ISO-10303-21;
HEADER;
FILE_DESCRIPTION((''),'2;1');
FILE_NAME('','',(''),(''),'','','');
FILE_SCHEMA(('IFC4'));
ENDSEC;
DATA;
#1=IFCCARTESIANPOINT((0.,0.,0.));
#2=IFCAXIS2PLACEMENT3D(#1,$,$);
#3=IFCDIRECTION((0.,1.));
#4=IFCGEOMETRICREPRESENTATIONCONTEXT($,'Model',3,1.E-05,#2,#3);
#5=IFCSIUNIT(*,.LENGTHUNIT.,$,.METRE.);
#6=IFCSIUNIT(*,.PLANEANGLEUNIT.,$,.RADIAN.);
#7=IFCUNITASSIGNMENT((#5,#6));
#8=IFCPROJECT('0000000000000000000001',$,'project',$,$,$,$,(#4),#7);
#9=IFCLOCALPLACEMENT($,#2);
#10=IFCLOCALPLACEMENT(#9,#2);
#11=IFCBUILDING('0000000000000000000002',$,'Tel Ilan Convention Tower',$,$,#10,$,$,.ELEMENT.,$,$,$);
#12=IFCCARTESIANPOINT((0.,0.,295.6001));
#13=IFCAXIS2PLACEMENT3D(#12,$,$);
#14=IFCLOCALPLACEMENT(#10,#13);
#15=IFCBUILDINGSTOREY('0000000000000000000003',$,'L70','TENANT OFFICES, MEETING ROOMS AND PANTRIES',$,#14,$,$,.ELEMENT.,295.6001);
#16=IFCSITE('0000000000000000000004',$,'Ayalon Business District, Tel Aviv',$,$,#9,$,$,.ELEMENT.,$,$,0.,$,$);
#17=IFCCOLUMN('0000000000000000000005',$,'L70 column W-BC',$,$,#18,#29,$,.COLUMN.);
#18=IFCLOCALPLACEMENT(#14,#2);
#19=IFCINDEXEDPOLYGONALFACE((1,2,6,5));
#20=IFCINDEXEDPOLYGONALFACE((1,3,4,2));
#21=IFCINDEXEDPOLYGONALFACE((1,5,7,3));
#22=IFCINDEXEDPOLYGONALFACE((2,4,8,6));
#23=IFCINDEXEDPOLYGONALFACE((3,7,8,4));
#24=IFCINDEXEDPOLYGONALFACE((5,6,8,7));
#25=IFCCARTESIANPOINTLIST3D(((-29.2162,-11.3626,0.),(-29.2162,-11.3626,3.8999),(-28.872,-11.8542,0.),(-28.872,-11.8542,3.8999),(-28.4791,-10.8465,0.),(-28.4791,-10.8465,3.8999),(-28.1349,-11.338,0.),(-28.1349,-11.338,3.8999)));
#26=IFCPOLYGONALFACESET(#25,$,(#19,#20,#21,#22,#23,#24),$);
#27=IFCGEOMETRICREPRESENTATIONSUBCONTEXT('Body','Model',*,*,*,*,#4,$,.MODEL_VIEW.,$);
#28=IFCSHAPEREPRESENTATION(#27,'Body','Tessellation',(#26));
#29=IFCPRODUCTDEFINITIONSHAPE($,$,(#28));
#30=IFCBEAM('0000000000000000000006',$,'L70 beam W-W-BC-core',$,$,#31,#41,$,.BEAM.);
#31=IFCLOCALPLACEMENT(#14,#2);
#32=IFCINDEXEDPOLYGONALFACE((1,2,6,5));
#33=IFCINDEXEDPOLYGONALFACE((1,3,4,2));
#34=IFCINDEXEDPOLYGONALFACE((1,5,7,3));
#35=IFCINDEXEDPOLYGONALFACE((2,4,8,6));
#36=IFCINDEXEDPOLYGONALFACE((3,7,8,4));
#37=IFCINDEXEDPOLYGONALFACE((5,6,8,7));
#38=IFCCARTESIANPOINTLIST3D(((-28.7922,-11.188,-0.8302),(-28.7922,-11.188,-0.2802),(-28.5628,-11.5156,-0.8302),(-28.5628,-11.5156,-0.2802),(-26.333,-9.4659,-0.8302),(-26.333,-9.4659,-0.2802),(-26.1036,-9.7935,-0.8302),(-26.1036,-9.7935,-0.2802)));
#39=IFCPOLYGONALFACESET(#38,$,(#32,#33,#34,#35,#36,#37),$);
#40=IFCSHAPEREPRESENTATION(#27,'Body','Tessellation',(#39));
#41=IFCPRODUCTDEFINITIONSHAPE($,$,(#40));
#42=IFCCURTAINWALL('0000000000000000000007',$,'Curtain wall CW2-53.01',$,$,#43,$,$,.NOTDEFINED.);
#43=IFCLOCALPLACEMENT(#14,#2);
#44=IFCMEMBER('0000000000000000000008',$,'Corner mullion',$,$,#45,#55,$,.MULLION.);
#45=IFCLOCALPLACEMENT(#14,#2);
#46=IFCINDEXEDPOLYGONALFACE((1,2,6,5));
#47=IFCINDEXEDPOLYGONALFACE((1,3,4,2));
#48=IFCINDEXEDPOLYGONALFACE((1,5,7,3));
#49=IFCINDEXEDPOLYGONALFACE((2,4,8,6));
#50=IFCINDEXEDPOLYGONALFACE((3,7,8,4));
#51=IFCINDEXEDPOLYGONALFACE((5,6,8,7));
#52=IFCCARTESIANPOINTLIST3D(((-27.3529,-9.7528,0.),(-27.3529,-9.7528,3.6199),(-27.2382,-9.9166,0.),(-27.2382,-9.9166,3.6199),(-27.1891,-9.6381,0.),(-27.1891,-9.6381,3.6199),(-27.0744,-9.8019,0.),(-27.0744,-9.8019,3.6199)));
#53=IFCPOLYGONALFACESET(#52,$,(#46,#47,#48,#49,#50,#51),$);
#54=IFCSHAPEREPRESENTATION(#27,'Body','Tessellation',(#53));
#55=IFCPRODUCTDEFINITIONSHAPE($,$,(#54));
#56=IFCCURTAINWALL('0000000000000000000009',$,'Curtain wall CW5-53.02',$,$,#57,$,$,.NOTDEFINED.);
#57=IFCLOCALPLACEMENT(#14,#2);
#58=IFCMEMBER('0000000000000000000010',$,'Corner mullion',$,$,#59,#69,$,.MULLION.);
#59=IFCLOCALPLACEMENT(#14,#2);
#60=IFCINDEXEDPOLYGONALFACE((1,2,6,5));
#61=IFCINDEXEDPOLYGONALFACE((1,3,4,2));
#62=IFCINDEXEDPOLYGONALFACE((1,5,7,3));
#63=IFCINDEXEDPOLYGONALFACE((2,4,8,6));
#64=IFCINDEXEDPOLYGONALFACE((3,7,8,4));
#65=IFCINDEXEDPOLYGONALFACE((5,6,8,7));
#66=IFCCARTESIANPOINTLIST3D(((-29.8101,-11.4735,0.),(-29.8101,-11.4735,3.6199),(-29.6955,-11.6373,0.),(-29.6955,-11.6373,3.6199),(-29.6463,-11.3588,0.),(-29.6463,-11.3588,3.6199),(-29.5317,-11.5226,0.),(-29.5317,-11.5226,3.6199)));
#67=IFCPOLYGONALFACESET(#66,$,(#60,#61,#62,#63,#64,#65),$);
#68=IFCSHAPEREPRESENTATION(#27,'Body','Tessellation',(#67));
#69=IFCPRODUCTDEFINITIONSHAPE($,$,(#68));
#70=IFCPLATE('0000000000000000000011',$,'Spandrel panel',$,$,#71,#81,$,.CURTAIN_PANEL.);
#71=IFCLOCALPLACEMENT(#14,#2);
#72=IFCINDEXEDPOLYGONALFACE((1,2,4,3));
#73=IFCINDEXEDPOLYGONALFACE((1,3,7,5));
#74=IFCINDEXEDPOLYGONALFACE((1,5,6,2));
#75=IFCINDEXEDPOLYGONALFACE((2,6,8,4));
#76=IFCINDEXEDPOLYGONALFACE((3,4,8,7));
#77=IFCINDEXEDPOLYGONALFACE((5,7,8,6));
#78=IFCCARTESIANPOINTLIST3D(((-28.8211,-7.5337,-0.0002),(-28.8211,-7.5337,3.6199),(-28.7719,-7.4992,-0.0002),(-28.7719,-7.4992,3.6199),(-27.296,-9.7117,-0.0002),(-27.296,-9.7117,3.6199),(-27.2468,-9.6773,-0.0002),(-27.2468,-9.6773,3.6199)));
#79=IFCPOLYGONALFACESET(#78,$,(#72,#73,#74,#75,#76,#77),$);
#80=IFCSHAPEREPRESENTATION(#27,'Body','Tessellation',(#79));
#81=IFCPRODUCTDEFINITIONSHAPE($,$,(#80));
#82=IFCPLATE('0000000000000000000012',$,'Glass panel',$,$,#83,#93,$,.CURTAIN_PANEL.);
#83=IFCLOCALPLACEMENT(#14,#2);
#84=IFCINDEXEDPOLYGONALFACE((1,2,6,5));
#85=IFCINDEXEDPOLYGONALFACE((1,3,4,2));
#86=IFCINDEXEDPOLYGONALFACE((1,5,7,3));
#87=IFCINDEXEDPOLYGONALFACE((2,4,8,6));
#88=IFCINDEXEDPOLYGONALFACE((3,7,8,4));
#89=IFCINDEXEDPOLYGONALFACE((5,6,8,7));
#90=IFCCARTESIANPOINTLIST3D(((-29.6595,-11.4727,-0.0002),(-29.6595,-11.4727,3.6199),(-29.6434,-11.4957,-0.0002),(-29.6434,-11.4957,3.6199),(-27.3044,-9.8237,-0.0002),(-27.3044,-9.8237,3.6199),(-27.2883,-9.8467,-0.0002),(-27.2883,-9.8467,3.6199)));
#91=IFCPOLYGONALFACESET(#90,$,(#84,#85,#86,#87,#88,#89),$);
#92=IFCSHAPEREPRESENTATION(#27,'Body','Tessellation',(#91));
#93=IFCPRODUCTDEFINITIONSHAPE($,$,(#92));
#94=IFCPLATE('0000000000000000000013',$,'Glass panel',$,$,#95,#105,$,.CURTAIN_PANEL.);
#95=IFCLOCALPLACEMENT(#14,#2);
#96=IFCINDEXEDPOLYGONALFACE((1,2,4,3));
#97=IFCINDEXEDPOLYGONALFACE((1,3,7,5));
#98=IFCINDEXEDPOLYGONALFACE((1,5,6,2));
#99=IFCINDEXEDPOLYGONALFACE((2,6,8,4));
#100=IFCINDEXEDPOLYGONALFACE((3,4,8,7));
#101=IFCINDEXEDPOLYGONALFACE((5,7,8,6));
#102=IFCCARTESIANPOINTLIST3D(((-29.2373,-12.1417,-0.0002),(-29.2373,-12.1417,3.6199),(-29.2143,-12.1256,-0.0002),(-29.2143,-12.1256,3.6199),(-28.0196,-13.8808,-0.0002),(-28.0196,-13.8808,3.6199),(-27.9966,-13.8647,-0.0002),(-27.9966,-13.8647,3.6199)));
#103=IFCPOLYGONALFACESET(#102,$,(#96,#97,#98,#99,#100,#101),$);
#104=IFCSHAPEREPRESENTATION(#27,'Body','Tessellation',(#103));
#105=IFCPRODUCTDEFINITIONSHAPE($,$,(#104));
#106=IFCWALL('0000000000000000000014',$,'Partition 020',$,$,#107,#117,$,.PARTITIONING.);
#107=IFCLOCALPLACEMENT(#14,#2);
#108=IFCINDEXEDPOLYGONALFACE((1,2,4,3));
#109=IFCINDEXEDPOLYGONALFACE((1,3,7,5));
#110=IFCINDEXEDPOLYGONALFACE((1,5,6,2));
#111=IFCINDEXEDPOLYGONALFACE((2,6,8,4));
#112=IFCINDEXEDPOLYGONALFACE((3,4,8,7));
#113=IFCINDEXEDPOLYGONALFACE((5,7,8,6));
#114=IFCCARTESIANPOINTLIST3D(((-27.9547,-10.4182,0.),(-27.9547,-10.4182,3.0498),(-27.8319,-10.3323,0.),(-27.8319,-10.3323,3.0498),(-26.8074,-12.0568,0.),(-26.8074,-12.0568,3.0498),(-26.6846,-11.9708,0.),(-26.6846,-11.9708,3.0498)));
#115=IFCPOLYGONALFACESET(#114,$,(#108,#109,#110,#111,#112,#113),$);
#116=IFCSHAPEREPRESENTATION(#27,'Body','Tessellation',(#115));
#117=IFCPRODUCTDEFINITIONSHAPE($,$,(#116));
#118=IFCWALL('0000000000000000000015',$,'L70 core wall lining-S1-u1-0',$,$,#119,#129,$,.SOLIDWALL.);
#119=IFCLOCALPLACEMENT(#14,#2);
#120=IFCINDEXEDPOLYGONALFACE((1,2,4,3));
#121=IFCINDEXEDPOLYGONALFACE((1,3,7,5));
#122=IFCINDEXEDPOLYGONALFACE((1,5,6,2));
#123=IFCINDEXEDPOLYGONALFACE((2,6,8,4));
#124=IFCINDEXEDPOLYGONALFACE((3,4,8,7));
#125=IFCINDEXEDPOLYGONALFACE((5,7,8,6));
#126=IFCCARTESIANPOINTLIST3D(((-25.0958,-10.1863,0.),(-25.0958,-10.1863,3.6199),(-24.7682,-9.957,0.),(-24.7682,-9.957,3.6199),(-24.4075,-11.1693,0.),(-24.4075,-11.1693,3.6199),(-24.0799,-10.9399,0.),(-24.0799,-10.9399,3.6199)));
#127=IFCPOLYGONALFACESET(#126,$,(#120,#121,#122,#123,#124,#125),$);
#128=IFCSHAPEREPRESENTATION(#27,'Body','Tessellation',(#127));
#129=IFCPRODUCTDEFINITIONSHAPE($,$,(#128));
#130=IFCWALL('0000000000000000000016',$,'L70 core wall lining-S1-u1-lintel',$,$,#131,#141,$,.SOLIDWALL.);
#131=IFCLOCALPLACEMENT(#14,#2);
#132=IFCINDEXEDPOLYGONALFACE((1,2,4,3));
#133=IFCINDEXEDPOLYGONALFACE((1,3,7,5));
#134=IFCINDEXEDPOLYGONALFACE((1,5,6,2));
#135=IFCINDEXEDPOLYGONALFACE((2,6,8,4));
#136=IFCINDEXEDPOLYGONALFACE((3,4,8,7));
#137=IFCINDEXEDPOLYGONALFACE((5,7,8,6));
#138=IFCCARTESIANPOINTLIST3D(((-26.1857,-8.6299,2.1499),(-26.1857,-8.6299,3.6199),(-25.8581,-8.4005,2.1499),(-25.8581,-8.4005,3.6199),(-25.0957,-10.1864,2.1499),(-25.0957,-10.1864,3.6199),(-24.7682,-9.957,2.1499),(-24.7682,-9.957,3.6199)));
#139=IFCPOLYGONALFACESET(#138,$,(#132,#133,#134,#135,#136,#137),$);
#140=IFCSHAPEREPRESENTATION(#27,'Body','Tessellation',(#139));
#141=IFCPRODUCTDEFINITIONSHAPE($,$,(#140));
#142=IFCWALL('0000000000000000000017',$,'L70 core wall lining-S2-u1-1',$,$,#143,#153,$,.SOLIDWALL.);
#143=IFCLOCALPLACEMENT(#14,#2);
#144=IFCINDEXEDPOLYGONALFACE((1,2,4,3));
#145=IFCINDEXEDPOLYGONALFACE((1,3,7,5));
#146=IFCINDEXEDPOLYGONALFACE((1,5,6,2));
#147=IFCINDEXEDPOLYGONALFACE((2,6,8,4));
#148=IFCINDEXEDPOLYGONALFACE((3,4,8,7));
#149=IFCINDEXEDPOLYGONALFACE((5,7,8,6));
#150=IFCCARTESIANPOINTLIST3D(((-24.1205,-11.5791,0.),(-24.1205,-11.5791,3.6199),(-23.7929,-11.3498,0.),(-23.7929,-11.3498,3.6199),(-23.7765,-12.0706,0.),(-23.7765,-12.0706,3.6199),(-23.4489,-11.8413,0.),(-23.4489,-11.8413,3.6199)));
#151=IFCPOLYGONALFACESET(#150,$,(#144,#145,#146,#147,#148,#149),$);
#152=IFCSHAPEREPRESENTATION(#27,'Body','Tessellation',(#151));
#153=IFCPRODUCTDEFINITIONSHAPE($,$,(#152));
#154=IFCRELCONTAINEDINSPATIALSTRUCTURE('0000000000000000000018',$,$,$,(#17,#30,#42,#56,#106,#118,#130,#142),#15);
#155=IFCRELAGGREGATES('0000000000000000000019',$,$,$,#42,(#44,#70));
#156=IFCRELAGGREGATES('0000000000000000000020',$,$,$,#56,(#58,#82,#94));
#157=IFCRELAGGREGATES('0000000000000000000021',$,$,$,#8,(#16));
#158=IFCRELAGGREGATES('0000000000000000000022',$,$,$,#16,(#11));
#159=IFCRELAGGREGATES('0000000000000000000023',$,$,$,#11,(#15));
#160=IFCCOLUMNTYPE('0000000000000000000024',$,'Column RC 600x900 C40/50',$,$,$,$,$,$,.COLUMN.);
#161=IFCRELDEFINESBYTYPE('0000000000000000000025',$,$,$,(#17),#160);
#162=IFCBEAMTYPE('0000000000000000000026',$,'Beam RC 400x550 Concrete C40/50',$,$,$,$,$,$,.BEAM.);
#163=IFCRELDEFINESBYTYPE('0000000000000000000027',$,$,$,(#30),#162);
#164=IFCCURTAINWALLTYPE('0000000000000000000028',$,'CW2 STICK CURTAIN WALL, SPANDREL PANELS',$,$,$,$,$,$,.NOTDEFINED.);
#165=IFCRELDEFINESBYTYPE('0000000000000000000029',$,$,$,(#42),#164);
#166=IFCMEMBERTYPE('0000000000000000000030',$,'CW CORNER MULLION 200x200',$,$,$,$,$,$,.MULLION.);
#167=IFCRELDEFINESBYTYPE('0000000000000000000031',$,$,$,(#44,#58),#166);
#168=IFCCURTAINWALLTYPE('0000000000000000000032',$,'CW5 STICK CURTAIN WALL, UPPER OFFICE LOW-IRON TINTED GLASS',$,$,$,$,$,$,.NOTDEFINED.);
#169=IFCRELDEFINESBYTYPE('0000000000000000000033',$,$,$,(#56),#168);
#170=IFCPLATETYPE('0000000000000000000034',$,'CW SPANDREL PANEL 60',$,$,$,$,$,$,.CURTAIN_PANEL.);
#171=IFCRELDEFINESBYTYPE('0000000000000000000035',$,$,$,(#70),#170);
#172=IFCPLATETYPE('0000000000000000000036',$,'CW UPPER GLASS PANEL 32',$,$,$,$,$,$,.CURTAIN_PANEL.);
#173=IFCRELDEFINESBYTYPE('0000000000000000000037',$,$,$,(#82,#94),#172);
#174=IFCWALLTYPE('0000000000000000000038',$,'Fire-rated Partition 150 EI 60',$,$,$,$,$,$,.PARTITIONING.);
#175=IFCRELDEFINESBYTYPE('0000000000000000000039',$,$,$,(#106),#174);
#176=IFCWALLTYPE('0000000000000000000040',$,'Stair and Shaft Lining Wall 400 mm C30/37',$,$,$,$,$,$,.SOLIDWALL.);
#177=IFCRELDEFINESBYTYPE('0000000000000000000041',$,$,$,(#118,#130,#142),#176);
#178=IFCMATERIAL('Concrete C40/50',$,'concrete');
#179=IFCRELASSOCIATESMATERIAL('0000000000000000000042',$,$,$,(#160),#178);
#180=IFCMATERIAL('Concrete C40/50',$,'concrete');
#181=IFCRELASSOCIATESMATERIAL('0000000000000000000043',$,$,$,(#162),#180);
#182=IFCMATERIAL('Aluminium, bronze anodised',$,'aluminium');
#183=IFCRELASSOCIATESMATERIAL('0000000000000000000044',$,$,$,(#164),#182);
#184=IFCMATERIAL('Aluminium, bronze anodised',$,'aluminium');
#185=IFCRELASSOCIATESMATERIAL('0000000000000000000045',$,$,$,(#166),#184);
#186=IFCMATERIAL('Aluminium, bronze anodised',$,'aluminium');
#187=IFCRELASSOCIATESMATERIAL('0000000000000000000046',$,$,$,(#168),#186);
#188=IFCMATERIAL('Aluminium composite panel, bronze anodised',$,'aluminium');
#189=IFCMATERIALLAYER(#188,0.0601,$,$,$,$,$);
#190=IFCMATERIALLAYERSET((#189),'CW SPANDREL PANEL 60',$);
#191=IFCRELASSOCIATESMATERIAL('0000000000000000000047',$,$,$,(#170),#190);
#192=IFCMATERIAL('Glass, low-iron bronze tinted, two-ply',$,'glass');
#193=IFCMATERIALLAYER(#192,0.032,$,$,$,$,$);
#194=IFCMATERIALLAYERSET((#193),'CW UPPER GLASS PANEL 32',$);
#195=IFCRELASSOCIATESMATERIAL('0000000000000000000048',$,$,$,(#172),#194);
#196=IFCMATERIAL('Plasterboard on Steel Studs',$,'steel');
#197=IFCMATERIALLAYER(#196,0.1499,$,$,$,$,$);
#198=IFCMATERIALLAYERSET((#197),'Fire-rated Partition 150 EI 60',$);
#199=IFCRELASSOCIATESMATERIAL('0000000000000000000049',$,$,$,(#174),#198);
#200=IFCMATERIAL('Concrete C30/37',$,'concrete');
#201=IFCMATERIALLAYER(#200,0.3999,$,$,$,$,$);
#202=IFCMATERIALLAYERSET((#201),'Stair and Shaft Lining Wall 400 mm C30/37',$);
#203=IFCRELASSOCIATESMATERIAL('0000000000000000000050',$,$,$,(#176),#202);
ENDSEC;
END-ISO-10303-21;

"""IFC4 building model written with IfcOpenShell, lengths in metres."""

from ifc_helpers import new_model, si_unit, direction, frame, frame_2d, origin, origin_2d, place, context, subcontext, project, spatial, rectangle, extrude, material, layer, layer_set, material_profile, profile_set, type_object, element, aggregate, save


model = new_model("IFC4")

# Units and contexts
model_context = context("Model", 3, precision=1e-05, world=origin(), true_north=direction((0.0, 1.0)))
body_context = subcontext(model_context, "Body", "Model", "MODEL_VIEW")
ifc_project = project(units=[si_unit("LENGTHUNIT", "METRE"), si_unit("PLANEANGLEUNIT", "RADIAN")], contexts=[model_context])

# Site, building, storey
site_placement = place(None, origin())
site = spatial("IfcSite", under=ifc_project, at=site_placement, Name="Ayalon Business District, Tel Aviv", CompositionType="ELEMENT", RefElevation=0.0)
building_placement = place(site_placement, origin())
building = spatial("IfcBuilding", under=site, at=building_placement, Name="Tel Ilan Convention Tower", CompositionType="ELEMENT")
storey_placement = place(building_placement, frame((0.0, 0.0, 295.6001)))
storey = spatial("IfcBuildingStorey", under=building, at=storey_placement, Name="L70", Description="TENANT OFFICES, MEETING ROOMS AND PANTRIES", CompositionType="ELEMENT", Elevation=295.6001)

# Column
ifc_material_1 = material(Name="Concrete C40/50", Category="concrete")
ifc_material_profile_1 = material_profile(ifc_material_1, rectangle(XDim=0.8999, YDim=0.6001, at=origin_2d()), Name="RC 600x900")
ifc_profile_set_1 = profile_set([ifc_material_profile_1], Name="Concrete C40/50")
column_type = type_object("IfcColumnType", Name="Column RC 600x900 C40/50", PredefinedType="COLUMN", material=ifc_profile_set_1)
column_placement = place(storey_placement, frame((-28.6755, -11.3503, 0.0), z_axis=(0.0, 0.0, 1.0), x_axis=(-0.819152, -0.573576, 0.0)))
element("IfcColumn", 1, at=column_placement, inside=storey, type_object=column_type, Name="L70 column W-BC", PredefinedType="COLUMN", context=body_context, shape_type="SweptSolid", body=[
    extrude(rectangle(XDim=0.8999, YDim=0.6001, at=origin_2d()), origin(), (0.0, 0.0, 1.0), 3.8999),
])

# Beam
ifc_material_2 = material(Name="Concrete C40/50", Category="concrete")
ifc_material_profile_2 = material_profile(ifc_material_2, rectangle(XDim=0.3999, YDim=0.55, at=origin_2d()), Name="RC 400x550")
ifc_profile_set_2 = profile_set([ifc_material_profile_2], Name="Concrete C40/50")
beam_type = type_object("IfcBeamType", Name="Beam RC 400x550 Concrete C40/50", PredefinedType="BEAM", material=ifc_profile_set_2)
beam_placement = place(storey_placement, frame((-28.6775, -11.3518, -0.5552), z_axis=(0.819121, 0.573621, 0.0), x_axis=(-0.573621, 0.819121, 0.0)))
element("IfcBeam", 2, at=beam_placement, inside=storey, type_object=beam_type, Name="L70 beam W-W-BC-core", PredefinedType="BEAM", context=body_context, shape_type="SweptSolid", body=[
    extrude(rectangle(XDim=0.3999, YDim=0.55, at=origin_2d()), origin(), (0.0, 0.0, 1.0), 3.0022),
])

# Curtain walls, members
ifc_material_3 = material(Name="Aluminium, bronze anodised", Category="aluminium")
curtain_wall_type_1 = type_object("IfcCurtainWallType", Name="CW2 STICK CURTAIN WALL, SPANDREL PANELS", PredefinedType="NOTDEFINED", material=ifc_material_3)
curtain_wall_1_placement = place(storey_placement, origin())
curtain_wall_1 = element("IfcCurtainWall", 3, at=curtain_wall_1_placement, inside=storey, type_object=curtain_wall_type_1, Name="Curtain wall CW2-53.01", PredefinedType="NOTDEFINED")
ifc_material_4 = material(Name="Aluminium, bronze anodised", Category="aluminium")
ifc_material_profile_3 = material_profile(ifc_material_4, rectangle(XDim=0.2, YDim=0.2, at=origin_2d()), Name="CW CORNER MULLION 200x200")
ifc_profile_set_3 = profile_set([ifc_material_profile_3], Name="Aluminium, bronze anodised")
member_type = type_object("IfcMemberType", Name="CW CORNER MULLION 200x200", PredefinedType="MULLION", material=ifc_profile_set_3)
member_1_placement = place(storey_placement, frame((-27.2136, -9.7773, 0.0), z_axis=(0.0, 0.0, 1.0), x_axis=(0.573576, -0.819152, 0.0)))
member_1 = element("IfcMember", 4, at=member_1_placement, type_object=member_type, Name="Corner mullion", PredefinedType="MULLION", context=body_context, shape_type="SweptSolid", body=[
    extrude(rectangle(XDim=0.2, YDim=0.2, at=origin_2d()), origin(), (0.0, 0.0, 1.0), 3.6199),
])
ifc_material_5 = material(Name="Aluminium, bronze anodised", Category="aluminium")
curtain_wall_type_2 = type_object("IfcCurtainWallType", Name="CW5 STICK CURTAIN WALL, UPPER OFFICE LOW-IRON TINTED GLASS", PredefinedType="NOTDEFINED", material=ifc_material_5)
curtain_wall_2_placement = place(storey_placement, origin())
curtain_wall_2 = element("IfcCurtainWall", 5, at=curtain_wall_2_placement, inside=storey, type_object=curtain_wall_type_2, Name="Curtain wall CW5-53.02", PredefinedType="NOTDEFINED")
member_2_placement = place(storey_placement, frame((-29.6709, -11.498, 0.0), z_axis=(0.0, 0.0, 1.0), x_axis=(-0.819152, -0.573576, 0.0)))
member_2 = element("IfcMember", 6, at=member_2_placement, type_object=member_type, Name="Corner mullion", PredefinedType="MULLION", context=body_context, shape_type="SweptSolid", body=[
    extrude(rectangle(XDim=0.2, YDim=0.2, at=origin_2d()), origin(), (0.0, 0.0, 1.0), 3.6199),
])

# Plates
ifc_material_6 = material(Name="Aluminium composite panel, bronze anodised", Category="aluminium")
ifc_layer_1 = layer(ifc_material_6, 0.0601)
ifc_layer_set_1 = layer_set([ifc_layer_1], Name="CW SPANDREL PANEL 60")
plate_type_1 = type_object("IfcPlateType", Name="CW SPANDREL PANEL 60", PredefinedType="CURTAIN_PANEL", material=ifc_layer_set_1)
plate_1_placement = place(storey_placement, frame((-28.0339, -8.6055, -0.0002), z_axis=(0.0, 0.0, 1.0), x_axis=(0.573576, -0.819152, 0.0)))
plate_1 = element("IfcPlate", 7, at=plate_1_placement, type_object=plate_type_1, Name="Spandrel panel", PredefinedType="CURTAIN_PANEL", context=body_context, shape_type="SweptSolid", body=[
    extrude(rectangle(XDim=2.6589, YDim=0.0601, at=origin_2d()), origin(), (0.0, 0.0, 1.0), 3.6201),
])
aggregate(curtain_wall_1, [member_1, plate_1])
ifc_material_7 = material(Name="Glass, low-iron bronze tinted, two-ply", Category="glass")
ifc_layer_2 = layer(ifc_material_7, 0.032)
ifc_layer_set_2 = layer_set([ifc_layer_2], Name="CW UPPER GLASS PANEL 32")
plate_type_2 = type_object("IfcPlateType", Name="CW UPPER GLASS PANEL 32", PredefinedType="CURTAIN_PANEL", material=ifc_layer_set_2)
plate_2_placement = place(storey_placement, frame((-28.4739, -10.6597, -0.0002), z_axis=(0.0, 0.0, 1.0), x_axis=(-0.819152, -0.573576, 0.0)))
plate_2 = element("IfcPlate", 8, at=plate_2_placement, type_object=plate_type_2, Name="Glass panel", PredefinedType="CURTAIN_PANEL", context=body_context, shape_type="SweptSolid", body=[
    extrude(rectangle(XDim=2.875, YDim=0.0281, at=origin_2d()), origin(), (0.0, 0.0, 1.0), 3.6201),
])
plate_3_placement = place(storey_placement, frame((-28.6169, -13.0032, -0.0002), z_axis=(0.0, 0.0, 1.0), x_axis=(0.573576, -0.819152, 0.0)))
plate_3 = element("IfcPlate", 9, at=plate_3_placement, type_object=plate_type_2, Name="Glass panel", PredefinedType="CURTAIN_PANEL", context=body_context, shape_type="SweptSolid", body=[
    extrude(rectangle(XDim=2.123, YDim=0.0281, at=origin_2d()), origin(), (0.0, 0.0, 1.0), 3.6201),
])
aggregate(curtain_wall_2, [member_2, plate_2, plate_3])

# Walls
ifc_material_8 = material(Name="Plasterboard on Steel Studs", Category="steel")
ifc_layer_3 = layer(ifc_material_8, 0.1499)
ifc_layer_set_3 = layer_set([ifc_layer_3], Name="Fire-rated Partition 150 EI 60")
wall_type_1 = type_object("IfcWallType", Name="Fire-rated Partition 150 EI 60", PredefinedType="PARTITIONING", material=ifc_layer_set_3)
wall_1_placement = place(storey_placement, frame((-26.7461, -12.0137, 0.0), z_axis=(0.0, 0.0, 1.0), x_axis=(-0.573569, 0.819157, 0.0)))
element("IfcWall", 10, at=wall_1_placement, inside=storey, type_object=wall_type_1, Name="Partition 020", PredefinedType="PARTITIONING", context=body_context, shape_type="SweptSolid", body=[
    extrude(rectangle(XDim=2.0002, YDim=0.1499, at=frame_2d((1.0, 0.0))), origin(), (0.0, 0.0, 1.0), 3.0498),
])
ifc_material_9 = material(Name="Concrete C30/37", Category="concrete")
ifc_layer_4 = layer(ifc_material_9, 0.3999)
ifc_layer_set_4 = layer_set([ifc_layer_4], Name="Stair and Shaft Lining Wall 400 mm C30/37")
wall_type_2 = type_object("IfcWallType", Name="Stair and Shaft Lining Wall 400 mm C30/37", PredefinedType="SOLIDWALL", material=ifc_layer_set_4)
wall_2_placement = place(storey_placement, frame((-24.2437, -11.0547, 0.0), z_axis=(0.0, 0.0, 1.0), x_axis=(-0.573572, 0.819155, 0.0)))
element("IfcWall", 11, at=wall_2_placement, inside=storey, type_object=wall_type_2, Name="L70 core wall lining-S1-u1-0", PredefinedType="SOLIDWALL", context=body_context, shape_type="SweptSolid", body=[
    extrude(rectangle(XDim=1.2, YDim=0.3999, at=frame_2d((0.6001, 0.0))), origin(), (0.0, 0.0, 1.0), 3.6199),
])
wall_3_placement = place(storey_placement, frame((-24.9319, -10.0718, 2.1499), z_axis=(0.0, 0.0, 1.0), x_axis=(-0.573592, 0.819141, 0.0)))
element("IfcWall", 12, at=wall_3_placement, inside=storey, type_object=wall_type_2, Name="L70 core wall lining-S1-u1-lintel", PredefinedType="SOLIDWALL", context=body_context, shape_type="SweptSolid", body=[
    extrude(rectangle(XDim=1.9001, YDim=0.3999, at=frame_2d((0.9502, 0.0))), origin(), (0.0, 0.0, 1.0), 1.47),
])
wall_4_placement = place(storey_placement, frame((-23.6128, -11.9558, 0.0), z_axis=(0.0, 0.0, 1.0), x_axis=(-0.573435, 0.819251, 0.0)))
element("IfcWall", 13, at=wall_4_placement, inside=storey, type_object=wall_type_2, Name="L70 core wall lining-S2-u1-1", PredefinedType="SOLIDWALL", context=body_context, shape_type="SweptSolid", body=[
    extrude(rectangle(XDim=0.5999, YDim=0.3999, at=frame_2d((0.2998, 0.0))), origin(), (0.0, 0.0, 1.0), 3.6199),
])

save(model, "model.ifc")
